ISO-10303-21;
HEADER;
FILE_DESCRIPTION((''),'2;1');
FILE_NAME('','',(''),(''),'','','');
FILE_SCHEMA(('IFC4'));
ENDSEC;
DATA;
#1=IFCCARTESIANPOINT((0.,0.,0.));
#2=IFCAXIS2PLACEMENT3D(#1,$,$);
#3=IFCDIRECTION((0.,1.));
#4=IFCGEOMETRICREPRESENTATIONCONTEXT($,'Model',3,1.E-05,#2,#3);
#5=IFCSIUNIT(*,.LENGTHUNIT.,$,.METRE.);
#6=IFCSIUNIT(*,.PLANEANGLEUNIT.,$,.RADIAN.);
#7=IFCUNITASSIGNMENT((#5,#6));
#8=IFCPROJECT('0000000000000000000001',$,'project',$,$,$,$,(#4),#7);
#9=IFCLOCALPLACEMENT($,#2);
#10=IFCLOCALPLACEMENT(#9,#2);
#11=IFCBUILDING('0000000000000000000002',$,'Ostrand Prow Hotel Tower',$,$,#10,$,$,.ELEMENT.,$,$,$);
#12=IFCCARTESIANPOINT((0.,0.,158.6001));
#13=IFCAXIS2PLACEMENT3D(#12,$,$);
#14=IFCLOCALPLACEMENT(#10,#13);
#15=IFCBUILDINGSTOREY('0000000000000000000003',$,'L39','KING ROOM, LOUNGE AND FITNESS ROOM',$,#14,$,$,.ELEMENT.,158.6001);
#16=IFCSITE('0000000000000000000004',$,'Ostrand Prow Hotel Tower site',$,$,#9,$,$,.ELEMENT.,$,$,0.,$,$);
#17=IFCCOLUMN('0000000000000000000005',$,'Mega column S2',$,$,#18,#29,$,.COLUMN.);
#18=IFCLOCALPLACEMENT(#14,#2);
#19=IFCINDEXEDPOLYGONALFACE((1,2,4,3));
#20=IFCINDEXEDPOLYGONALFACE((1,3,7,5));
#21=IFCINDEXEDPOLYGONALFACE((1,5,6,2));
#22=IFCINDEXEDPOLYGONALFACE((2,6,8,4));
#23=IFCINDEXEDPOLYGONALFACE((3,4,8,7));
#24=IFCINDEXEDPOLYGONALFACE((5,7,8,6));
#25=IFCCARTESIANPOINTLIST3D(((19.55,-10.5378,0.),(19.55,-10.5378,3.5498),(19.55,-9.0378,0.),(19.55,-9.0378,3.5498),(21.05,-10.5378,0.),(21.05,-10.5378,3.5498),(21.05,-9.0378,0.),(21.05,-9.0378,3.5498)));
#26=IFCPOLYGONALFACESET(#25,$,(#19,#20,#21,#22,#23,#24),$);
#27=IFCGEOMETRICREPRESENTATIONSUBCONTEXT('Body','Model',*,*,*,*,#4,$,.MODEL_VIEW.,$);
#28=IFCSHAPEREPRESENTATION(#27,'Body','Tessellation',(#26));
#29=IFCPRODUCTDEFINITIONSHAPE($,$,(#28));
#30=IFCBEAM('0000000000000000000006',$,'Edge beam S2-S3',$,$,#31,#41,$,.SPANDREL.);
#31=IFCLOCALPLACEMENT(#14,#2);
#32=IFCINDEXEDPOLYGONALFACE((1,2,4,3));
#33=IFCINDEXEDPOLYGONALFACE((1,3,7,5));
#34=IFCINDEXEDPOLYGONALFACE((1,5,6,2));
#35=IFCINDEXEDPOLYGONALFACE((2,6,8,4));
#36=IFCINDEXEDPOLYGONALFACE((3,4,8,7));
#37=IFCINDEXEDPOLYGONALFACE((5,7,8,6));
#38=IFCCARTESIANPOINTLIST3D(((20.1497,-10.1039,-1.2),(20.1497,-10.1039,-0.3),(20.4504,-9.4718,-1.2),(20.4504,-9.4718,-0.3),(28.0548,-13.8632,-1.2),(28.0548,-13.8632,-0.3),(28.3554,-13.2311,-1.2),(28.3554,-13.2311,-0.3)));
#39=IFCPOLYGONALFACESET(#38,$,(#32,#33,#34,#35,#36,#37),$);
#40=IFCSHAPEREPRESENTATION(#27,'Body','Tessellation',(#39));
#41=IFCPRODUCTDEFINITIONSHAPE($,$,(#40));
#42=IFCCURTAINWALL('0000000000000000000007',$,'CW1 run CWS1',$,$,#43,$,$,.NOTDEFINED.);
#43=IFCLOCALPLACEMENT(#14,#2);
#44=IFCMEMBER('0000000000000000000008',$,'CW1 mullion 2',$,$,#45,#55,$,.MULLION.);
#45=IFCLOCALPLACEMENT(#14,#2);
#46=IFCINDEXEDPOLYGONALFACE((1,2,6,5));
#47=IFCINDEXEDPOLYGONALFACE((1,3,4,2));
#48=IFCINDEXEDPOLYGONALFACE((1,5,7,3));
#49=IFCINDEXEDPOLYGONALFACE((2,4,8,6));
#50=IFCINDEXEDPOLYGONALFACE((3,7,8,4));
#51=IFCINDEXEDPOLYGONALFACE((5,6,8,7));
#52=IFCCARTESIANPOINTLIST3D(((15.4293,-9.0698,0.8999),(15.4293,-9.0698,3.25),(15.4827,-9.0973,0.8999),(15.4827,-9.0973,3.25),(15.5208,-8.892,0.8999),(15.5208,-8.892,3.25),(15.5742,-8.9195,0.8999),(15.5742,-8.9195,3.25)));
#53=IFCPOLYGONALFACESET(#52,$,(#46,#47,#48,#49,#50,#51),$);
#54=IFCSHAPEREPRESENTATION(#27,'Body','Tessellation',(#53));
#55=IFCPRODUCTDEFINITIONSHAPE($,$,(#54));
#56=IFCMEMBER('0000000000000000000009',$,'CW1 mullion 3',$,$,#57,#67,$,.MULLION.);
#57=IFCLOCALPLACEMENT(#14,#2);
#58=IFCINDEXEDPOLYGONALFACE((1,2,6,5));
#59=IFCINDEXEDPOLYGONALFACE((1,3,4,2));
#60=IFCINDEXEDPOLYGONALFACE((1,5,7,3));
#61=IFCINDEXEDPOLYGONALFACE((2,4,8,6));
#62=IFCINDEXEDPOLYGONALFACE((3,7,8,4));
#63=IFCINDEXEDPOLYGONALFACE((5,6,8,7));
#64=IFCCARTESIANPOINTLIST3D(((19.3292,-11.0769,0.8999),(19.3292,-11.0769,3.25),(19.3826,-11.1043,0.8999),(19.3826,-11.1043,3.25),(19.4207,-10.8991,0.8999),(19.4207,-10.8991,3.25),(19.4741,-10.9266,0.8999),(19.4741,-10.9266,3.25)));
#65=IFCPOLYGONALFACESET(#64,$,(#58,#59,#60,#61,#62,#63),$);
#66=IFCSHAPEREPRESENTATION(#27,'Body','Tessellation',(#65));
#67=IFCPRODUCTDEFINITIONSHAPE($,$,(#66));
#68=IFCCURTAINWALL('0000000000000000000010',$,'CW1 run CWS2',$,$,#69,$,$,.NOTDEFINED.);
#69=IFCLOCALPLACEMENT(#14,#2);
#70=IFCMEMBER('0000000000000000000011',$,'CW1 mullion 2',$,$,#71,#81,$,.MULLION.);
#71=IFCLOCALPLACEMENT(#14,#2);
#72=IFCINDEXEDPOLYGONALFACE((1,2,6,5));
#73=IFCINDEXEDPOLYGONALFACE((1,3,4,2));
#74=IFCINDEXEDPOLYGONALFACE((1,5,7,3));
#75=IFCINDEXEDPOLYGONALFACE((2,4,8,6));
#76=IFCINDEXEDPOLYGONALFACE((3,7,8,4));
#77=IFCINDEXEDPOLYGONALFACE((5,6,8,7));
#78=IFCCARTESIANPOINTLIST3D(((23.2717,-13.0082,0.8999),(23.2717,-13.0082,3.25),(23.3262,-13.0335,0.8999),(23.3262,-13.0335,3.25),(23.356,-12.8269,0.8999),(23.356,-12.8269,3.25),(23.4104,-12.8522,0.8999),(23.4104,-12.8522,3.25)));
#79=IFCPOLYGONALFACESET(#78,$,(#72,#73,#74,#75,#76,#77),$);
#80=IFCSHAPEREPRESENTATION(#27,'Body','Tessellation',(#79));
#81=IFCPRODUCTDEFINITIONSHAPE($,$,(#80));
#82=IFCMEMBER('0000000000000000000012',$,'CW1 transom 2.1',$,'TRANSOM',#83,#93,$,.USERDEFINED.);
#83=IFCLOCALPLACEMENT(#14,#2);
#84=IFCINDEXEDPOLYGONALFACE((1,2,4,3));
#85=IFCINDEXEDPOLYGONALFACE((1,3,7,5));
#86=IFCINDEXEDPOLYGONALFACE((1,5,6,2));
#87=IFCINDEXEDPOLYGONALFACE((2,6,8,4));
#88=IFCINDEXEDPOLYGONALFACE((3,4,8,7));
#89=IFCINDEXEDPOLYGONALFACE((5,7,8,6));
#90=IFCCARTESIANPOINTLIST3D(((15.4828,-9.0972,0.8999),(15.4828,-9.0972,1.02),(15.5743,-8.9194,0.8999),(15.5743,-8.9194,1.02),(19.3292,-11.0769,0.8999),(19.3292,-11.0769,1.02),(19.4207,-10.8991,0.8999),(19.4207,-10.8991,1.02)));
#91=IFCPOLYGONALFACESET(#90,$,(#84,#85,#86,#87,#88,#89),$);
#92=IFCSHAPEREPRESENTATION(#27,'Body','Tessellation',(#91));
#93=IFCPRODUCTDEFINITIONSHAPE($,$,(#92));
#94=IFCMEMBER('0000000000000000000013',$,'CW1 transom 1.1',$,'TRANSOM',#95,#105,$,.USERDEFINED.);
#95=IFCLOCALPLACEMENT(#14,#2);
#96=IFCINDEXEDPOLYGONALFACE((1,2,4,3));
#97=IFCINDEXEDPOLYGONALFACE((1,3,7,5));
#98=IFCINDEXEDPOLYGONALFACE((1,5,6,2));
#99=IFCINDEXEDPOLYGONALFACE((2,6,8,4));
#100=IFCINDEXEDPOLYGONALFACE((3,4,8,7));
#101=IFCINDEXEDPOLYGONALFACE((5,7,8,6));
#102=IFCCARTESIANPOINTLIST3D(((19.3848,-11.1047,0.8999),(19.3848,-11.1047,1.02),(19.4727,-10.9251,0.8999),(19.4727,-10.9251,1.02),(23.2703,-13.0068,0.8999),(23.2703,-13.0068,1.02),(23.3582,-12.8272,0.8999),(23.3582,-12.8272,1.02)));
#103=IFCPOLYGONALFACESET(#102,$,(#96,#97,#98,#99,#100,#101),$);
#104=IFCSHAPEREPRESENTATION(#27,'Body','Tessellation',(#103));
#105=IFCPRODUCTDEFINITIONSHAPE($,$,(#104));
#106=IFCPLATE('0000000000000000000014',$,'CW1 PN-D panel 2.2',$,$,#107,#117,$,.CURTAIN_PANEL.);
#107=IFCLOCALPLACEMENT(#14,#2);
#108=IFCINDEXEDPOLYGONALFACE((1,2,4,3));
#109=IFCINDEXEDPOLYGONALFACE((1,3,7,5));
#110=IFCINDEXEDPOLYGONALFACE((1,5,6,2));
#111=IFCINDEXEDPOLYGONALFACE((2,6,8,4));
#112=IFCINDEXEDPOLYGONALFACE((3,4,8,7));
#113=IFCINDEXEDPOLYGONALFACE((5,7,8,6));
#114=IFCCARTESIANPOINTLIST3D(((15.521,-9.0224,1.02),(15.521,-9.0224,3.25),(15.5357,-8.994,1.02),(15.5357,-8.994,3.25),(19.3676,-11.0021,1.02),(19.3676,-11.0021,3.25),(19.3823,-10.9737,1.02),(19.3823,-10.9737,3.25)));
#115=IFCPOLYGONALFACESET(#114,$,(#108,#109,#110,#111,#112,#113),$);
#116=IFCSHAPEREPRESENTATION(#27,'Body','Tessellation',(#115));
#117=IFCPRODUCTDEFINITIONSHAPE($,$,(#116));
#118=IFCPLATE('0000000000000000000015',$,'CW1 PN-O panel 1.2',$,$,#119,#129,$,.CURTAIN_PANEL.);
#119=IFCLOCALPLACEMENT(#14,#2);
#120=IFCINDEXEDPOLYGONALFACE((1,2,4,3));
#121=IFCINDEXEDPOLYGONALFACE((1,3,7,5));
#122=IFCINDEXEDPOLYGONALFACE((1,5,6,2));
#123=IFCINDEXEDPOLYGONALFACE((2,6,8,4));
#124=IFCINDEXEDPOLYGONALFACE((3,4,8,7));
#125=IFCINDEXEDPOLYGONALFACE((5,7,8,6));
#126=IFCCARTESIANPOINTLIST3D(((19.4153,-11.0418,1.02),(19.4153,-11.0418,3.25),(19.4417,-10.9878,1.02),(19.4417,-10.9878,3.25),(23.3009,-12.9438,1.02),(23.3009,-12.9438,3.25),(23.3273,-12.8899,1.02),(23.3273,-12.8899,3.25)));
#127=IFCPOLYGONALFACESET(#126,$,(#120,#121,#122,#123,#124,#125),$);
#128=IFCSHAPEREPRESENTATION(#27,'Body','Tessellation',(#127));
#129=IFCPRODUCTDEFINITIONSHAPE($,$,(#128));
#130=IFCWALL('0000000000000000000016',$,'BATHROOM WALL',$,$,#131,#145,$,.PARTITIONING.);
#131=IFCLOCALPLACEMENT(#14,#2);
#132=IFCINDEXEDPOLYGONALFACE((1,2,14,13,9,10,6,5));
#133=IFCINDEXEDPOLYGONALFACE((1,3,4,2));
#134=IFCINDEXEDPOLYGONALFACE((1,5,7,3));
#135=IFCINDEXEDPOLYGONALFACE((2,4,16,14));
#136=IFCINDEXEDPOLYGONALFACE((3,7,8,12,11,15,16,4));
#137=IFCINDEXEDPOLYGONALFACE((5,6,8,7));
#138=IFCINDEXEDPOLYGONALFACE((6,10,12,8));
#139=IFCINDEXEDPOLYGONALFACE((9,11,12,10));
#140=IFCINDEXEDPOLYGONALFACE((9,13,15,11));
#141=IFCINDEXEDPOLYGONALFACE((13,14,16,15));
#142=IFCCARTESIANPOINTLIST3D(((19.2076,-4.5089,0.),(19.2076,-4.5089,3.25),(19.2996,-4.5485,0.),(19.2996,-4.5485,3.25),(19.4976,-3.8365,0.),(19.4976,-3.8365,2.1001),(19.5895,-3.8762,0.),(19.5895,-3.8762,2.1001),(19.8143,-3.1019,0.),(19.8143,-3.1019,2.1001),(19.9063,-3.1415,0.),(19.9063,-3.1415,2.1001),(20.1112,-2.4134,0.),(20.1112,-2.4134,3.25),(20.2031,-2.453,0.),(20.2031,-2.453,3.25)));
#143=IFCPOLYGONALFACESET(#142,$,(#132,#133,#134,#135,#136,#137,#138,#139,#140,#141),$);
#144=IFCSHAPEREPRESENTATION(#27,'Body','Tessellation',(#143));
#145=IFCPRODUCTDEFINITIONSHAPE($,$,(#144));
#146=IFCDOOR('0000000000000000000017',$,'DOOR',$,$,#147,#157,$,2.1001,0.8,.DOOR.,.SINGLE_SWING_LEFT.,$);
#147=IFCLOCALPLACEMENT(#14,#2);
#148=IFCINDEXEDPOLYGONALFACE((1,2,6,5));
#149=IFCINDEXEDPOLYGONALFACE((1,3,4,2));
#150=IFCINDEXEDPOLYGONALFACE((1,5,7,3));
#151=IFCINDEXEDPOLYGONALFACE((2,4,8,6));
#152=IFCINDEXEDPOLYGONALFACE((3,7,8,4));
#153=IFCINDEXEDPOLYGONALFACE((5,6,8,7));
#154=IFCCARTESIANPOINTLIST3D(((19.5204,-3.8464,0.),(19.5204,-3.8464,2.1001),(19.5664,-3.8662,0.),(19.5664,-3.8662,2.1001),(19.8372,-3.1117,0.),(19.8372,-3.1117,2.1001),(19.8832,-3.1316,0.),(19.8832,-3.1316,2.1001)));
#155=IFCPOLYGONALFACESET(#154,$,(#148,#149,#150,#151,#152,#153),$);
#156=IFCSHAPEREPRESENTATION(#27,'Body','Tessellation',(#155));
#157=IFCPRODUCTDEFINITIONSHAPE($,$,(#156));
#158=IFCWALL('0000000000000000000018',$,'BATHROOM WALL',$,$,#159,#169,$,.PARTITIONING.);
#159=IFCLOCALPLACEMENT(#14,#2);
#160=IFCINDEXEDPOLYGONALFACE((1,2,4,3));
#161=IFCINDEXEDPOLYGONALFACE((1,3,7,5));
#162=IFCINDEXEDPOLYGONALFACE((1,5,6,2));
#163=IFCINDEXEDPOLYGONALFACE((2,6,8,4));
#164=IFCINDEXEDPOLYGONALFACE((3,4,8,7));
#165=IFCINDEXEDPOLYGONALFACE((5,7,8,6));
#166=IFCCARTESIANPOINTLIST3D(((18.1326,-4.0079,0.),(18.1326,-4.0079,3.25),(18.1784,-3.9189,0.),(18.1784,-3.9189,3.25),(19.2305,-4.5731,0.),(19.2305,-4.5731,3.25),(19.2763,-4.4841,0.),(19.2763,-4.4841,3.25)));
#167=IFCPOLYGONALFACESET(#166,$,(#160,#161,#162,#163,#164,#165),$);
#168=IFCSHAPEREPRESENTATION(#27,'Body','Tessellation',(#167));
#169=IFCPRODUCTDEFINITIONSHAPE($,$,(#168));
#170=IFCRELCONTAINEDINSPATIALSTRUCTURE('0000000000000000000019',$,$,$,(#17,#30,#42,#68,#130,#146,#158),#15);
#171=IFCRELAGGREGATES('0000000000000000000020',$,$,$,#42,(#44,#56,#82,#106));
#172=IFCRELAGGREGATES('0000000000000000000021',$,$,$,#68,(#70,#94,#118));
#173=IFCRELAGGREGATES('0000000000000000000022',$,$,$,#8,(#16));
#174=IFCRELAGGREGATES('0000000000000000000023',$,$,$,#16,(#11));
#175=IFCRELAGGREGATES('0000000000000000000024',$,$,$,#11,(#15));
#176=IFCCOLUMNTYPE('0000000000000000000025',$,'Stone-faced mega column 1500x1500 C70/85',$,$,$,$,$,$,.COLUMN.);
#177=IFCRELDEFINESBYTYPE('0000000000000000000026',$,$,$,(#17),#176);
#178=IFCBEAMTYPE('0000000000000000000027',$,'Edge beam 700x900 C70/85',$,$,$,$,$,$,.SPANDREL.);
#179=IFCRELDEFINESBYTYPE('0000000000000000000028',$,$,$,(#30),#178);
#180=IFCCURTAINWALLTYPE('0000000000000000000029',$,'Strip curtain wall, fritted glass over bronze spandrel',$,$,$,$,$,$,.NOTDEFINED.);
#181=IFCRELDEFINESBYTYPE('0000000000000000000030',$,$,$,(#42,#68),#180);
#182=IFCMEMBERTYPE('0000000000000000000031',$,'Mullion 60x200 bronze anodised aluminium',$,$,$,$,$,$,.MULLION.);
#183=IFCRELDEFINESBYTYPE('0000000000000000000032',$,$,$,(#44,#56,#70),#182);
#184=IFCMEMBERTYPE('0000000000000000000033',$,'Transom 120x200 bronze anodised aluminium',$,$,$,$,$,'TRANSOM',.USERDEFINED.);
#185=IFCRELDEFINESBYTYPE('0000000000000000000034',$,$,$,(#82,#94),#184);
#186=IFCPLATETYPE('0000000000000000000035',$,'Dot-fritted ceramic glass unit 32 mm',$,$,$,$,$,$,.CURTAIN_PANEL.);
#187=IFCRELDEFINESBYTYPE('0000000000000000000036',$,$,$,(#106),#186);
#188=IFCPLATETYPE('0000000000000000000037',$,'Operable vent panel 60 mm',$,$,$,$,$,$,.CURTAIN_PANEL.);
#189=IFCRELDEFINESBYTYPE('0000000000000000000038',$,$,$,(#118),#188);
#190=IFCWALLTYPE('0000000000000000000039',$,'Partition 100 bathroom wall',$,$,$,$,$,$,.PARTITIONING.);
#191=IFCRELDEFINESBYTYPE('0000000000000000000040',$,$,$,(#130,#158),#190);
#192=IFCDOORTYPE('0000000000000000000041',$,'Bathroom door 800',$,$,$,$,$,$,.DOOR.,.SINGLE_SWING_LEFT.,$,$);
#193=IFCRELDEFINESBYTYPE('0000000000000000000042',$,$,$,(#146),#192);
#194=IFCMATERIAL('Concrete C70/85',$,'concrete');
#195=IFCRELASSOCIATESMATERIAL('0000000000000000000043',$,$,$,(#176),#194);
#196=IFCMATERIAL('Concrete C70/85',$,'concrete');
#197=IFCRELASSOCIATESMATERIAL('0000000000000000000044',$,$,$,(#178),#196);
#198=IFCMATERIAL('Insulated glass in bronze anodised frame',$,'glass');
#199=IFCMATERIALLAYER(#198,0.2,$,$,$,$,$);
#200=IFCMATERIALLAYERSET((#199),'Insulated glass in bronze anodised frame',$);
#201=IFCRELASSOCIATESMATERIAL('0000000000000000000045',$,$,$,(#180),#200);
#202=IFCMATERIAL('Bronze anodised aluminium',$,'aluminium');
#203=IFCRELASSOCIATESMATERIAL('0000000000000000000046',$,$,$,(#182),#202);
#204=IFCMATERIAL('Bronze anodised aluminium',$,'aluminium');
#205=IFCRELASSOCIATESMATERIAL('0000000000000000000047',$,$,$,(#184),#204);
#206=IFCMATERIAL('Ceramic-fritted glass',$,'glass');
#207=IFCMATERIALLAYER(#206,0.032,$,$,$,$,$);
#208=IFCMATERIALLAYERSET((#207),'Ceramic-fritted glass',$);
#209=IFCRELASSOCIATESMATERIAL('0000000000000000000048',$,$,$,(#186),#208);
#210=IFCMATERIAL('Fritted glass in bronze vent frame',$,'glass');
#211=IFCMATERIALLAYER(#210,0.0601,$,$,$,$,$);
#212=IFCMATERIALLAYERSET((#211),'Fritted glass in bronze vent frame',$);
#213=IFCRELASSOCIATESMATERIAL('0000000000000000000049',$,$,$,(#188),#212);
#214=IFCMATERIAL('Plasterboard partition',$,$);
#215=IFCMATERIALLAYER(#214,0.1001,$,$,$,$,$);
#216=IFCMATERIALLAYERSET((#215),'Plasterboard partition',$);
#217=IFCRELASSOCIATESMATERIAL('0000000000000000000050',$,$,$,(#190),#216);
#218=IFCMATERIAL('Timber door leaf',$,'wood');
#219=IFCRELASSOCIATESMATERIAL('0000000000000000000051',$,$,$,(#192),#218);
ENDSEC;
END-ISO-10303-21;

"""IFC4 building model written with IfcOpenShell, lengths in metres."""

from ifc_helpers import new_model, si_unit, direction, frame, frame_2d, origin, origin_2d, place, context, subcontext, project, spatial, rectangle, extrude, material, layer, layer_set, material_profile, profile_set, type_object, element, fill, aggregate, save


model = new_model("IFC4")

# Units and contexts
model_context = context("Model", 3, precision=1e-05, world=origin(), true_north=direction((0.0, 1.0)))
body_context = subcontext(model_context, "Body", "Model", "MODEL_VIEW")
ifc_project = project(units=[si_unit("LENGTHUNIT", "METRE"), si_unit("PLANEANGLEUNIT", "RADIAN")], contexts=[model_context])

# Site, building, storey
site_placement = place(None, origin())
site = spatial("IfcSite", under=ifc_project, at=site_placement, Name="Ostrand Prow Hotel Tower site", CompositionType="ELEMENT", RefElevation=0.0)
building_placement = place(site_placement, origin())
building = spatial("IfcBuilding", under=site, at=building_placement, Name="Ostrand Prow Hotel Tower", CompositionType="ELEMENT")
storey_placement = place(building_placement, frame((0.0, 0.0, 158.6001)))
storey = spatial("IfcBuildingStorey", under=building, at=storey_placement, Name="L39", Description="KING ROOM, LOUNGE AND FITNESS ROOM", CompositionType="ELEMENT", Elevation=158.6001)

# Column
ifc_material_1 = material(Name="Concrete C70/85", Category="concrete")
ifc_material_profile_1 = material_profile(ifc_material_1, rectangle(XDim=1.5, YDim=1.5, at=origin_2d()), Name="RC 1500x1500")
ifc_profile_set_1 = profile_set([ifc_material_profile_1], Name="Concrete C70/85")
column_type = type_object("IfcColumnType", Name="Stone-faced mega column 1500x1500 C70/85", PredefinedType="COLUMN", material=ifc_profile_set_1)
column_placement = place(storey_placement, frame((20.3, -9.7878, 0.0), z_axis=(0.0, 0.0, 1.0), x_axis=(1.0, 0.0, 0.0)))
element("IfcColumn", 1, at=column_placement, inside=storey, type_object=column_type, Name="Mega column S2", PredefinedType="COLUMN", context=body_context, shape_type="SweptSolid", body=[
    extrude(rectangle(XDim=1.5, YDim=1.5, at=origin_2d()), origin(), (0.0, 0.0, 1.0), 3.5498),
])

# Beam
ifc_material_2 = material(Name="Concrete C70/85", Category="concrete")
ifc_material_profile_2 = material_profile(ifc_material_2, rectangle(XDim=0.7, YDim=0.8999, at=origin_2d()), Name="RC 700x900")
ifc_profile_set_2 = profile_set([ifc_material_profile_2], Name="Concrete C70/85")
beam_type = type_object("IfcBeamType", Name="Edge beam 700x900 C70/85", PredefinedType="SPANDREL", material=ifc_profile_set_2)
beam_placement = place(storey_placement, frame((20.3, -9.7878, -0.75), z_axis=(0.903083, -0.429466, 0.0), x_axis=(0.429466, 0.903083, 0.0)))
element("IfcBeam", 2, at=beam_placement, inside=storey, type_object=beam_type, Name="Edge beam S2-S3", PredefinedType="SPANDREL", context=body_context, shape_type="SweptSolid", body=[
    extrude(rectangle(XDim=0.7, YDim=0.8999, at=origin_2d()), origin(), (0.0, 0.0, 1.0), 8.7534),
])

# Curtain wall, members
ifc_material_3 = material(Name="Insulated glass in bronze anodised frame", Category="glass")
ifc_layer_1 = layer(ifc_material_3, 0.2)
ifc_layer_set_1 = layer_set([ifc_layer_1], Name="Insulated glass in bronze anodised frame")
curtain_wall_type = type_object("IfcCurtainWallType", Name="Strip curtain wall, fritted glass over bronze spandrel", PredefinedType="NOTDEFINED", material=ifc_layer_set_1)
curtain_wall_1_placement = place(storey_placement, origin())
curtain_wall_1 = element("IfcCurtainWall", 3, at=curtain_wall_1_placement, inside=storey, type_object=curtain_wall_type, Name="CW1 run CWS1", PredefinedType="NOTDEFINED")
ifc_material_4 = material(Name="Bronze anodised aluminium", Category="aluminium")
ifc_material_profile_3 = material_profile(ifc_material_4, rectangle(XDim=0.2, YDim=0.0601, at=origin_2d()), Name="Mullion 60x200 bronze anodised aluminium")
ifc_profile_set_3 = profile_set([ifc_material_profile_3], Name="Bronze anodised aluminium")
member_type_1 = type_object("IfcMemberType", Name="Mullion 60x200 bronze anodised aluminium", PredefinedType="MULLION", material=ifc_profile_set_3)
member_1_placement = place(storey_placement, frame((15.5017, -8.9946, 0.8999), z_axis=(0.0, 0.0, 1.0), x_axis=(0.457619, 0.889148, 0.0)))
member_1 = element("IfcMember", 4, at=member_1_placement, type_object=member_type_1, Name="CW1 mullion 2", PredefinedType="MULLION", context=body_context, shape_type="SweptSolid", body=[
    extrude(rectangle(XDim=0.2, YDim=0.0601, at=origin_2d()), origin(), (0.0, 0.0, 1.0), 2.3501),
])
member_2_placement = place(storey_placement, frame((19.4016, -11.0017, 0.8999), z_axis=(0.0, 0.0, 1.0), x_axis=(0.457619, 0.889148, 0.0)))
member_2 = element("IfcMember", 5, at=member_2_placement, type_object=member_type_1, Name="CW1 mullion 3", PredefinedType="MULLION", context=body_context, shape_type="SweptSolid", body=[
    extrude(rectangle(XDim=0.2, YDim=0.0601, at=origin_2d()), origin(), (0.0, 0.0, 1.0), 2.3501),
])

# Curtain wall, member
curtain_wall_2_placement = place(storey_placement, origin())
curtain_wall_2 = element("IfcCurtainWall", 6, at=curtain_wall_2_placement, inside=storey, type_object=curtain_wall_type, Name="CW1 run CWS2", PredefinedType="NOTDEFINED")
member_3_placement = place(storey_placement, frame((23.3411, -12.9302, 0.8999), z_axis=(0.0, 0.0, 1.0), x_axis=(0.421522, 0.906818, 0.0)))
member_3 = element("IfcMember", 7, at=member_3_placement, type_object=member_type_1, Name="CW1 mullion 2", PredefinedType="MULLION", context=body_context, shape_type="SweptSolid", body=[
    extrude(rectangle(XDim=0.2, YDim=0.0601, at=origin_2d()), origin(), (0.0, 0.0, 1.0), 2.3501),
])

# Members
ifc_material_5 = material(Name="Bronze anodised aluminium", Category="aluminium")
ifc_material_profile_4 = material_profile(ifc_material_5, rectangle(XDim=0.2, YDim=0.1201, at=origin_2d()), Name="Transom 120x200 bronze anodised aluminium")
ifc_profile_set_4 = profile_set([ifc_material_profile_4], Name="Bronze anodised aluminium")
member_type_2 = type_object("IfcMemberType", Name="Transom 120x200 bronze anodised aluminium", ElementType="TRANSOM", PredefinedType="USERDEFINED", material=ifc_profile_set_4)
member_4_placement = place(storey_placement, frame((15.5286, -9.0083, 0.96), z_axis=(0.88914, -0.457635, 0.0), x_axis=(0.457635, 0.88914, 0.0)))
member_4 = element("IfcMember", 8, at=member_4_placement, type_object=member_type_2, Name="CW1 transom 2.1", ObjectType="TRANSOM", PredefinedType="USERDEFINED", context=body_context, shape_type="SweptSolid", body=[
    extrude(rectangle(XDim=0.2, YDim=0.1201, at=origin_2d()), origin(), (0.0, 0.0, 1.0), 4.3259),
])
member_5_placement = place(storey_placement, frame((19.4287, -11.0149, 0.96), z_axis=(0.898154, -0.439681, 0.0), x_axis=(0.439681, 0.898154, 0.0)))
member_5 = element("IfcMember", 9, at=member_5_placement, type_object=member_type_2, Name="CW1 transom 1.1", ObjectType="TRANSOM", PredefinedType="USERDEFINED", context=body_context, shape_type="SweptSolid", body=[
    extrude(rectangle(XDim=0.2, YDim=0.1201, at=origin_2d()), origin(), (0.0, 0.0, 1.0), 4.3262),
])

# Plates
ifc_material_6 = material(Name="Ceramic-fritted glass", Category="glass")
ifc_layer_2 = layer(ifc_material_6, 0.032)
ifc_layer_set_2 = layer_set([ifc_layer_2], Name="Ceramic-fritted glass")
plate_type_1 = type_object("IfcPlateType", Name="Dot-fritted ceramic glass unit 32 mm", PredefinedType="CURTAIN_PANEL", material=ifc_layer_set_2)
plate_1_placement = place(storey_placement, frame((17.4517, -9.998, 1.02), z_axis=(0.0, 0.0, 1.0), x_axis=(0.889148, -0.457619, 0.0)))
plate_1 = element("IfcPlate", 10, at=plate_1_placement, type_object=plate_type_1, Name="CW1 PN-D panel 2.2", PredefinedType="CURTAIN_PANEL", context=body_context, shape_type="SweptSolid", body=[
    extrude(rectangle(XDim=4.3262, YDim=0.032, at=origin_2d()), origin(), (0.0, 0.0, 1.0), 2.23),
])
aggregate(curtain_wall_1, [member_1, member_2, member_4, plate_1])
ifc_material_7 = material(Name="Fritted glass in bronze vent frame", Category="glass")
ifc_layer_3 = layer(ifc_material_7, 0.0601)
ifc_layer_set_3 = layer_set([ifc_layer_3], Name="Fritted glass in bronze vent frame")
plate_type_2 = type_object("IfcPlateType", Name="Operable vent panel 60 mm", PredefinedType="CURTAIN_PANEL", material=ifc_layer_set_3)
plate_2_placement = place(storey_placement, frame((21.3713, -11.9658, 1.02), z_axis=(0.0, 0.0, 1.0), x_axis=(0.898165, -0.439659, 0.0)))
plate_2 = element("IfcPlate", 11, at=plate_2_placement, type_object=plate_type_2, Name="CW1 PN-O panel 1.2", PredefinedType="CURTAIN_PANEL", context=body_context, shape_type="SweptSolid", body=[
    extrude(rectangle(XDim=4.3262, YDim=0.0601, at=origin_2d()), origin(), (0.0, 0.0, 1.0), 2.23),
])
aggregate(curtain_wall_2, [member_3, member_5, plate_2])

# Wall, opening, door
ifc_material_8 = material(Name="Plasterboard partition")
ifc_layer_4 = layer(ifc_material_8, 0.1001)
ifc_layer_set_4 = layer_set([ifc_layer_4], Name="Plasterboard partition")
wall_type_1 = type_object("IfcWallType", Name="Partition 100 bathroom wall", PredefinedType="PARTITIONING", material=ifc_layer_set_4)
wall_1_placement = place(storey_placement, frame((20.1572, -2.4331, 0.0), z_axis=(0.0, 0.0, 1.0), x_axis=(-0.395958, -0.918268, 0.0)))
wall_1 = element("IfcWall", 12, at=wall_1_placement, inside=storey, type_object=wall_type_1, Name="BATHROOM WALL", PredefinedType="PARTITIONING", context=body_context, shape_type="SweptSolid", body=[
    extrude(rectangle(XDim=2.282, YDim=0.1001, at=frame_2d((1.1411, 0.0))), origin(), (0.0, 0.0, 1.0), 3.25),
])
opening_1_placement = place(wall_1_placement, frame((0.75, 0.0, 0.0)))
opening_1 = element("IfcOpeningElement", 13, at=opening_1_placement, cuts=wall_1, PredefinedType="OPENING", context=body_context, shape_type="SweptSolid", body=[
    extrude(rectangle(XDim=0.8, YDim=2.1001, at=frame_2d((0.3999, 1.05))), frame((0.0, 0.0601, 0.0), z_axis=(0.0, -1.0, 0.0), x_axis=(1.0, 0.0, 0.0)), (0.0, 0.0, 1.0), 0.1201),
])
ifc_material_9 = material(Name="Timber door leaf", Category="wood")
door_type_1 = type_object("IfcDoorType", Name="Bathroom door 800", OperationType="SINGLE_SWING_LEFT", PredefinedType="DOOR", material=ifc_material_9)
door_1_placement = place(opening_1_placement, origin())
door_1 = element("IfcDoor", 14, at=door_1_placement, inside=storey, type_object=door_type_1, Name="DOOR", OperationType="SINGLE_SWING_LEFT", OverallHeight=2.1001, OverallWidth=0.8, PredefinedType="DOOR", context=body_context, shape_type="SweptSolid", body=[
    extrude(rectangle(XDim=0.8, YDim=2.1001, at=frame_2d((0.3999, 1.05))), frame((0.0, 0.0249, 0.0), z_axis=(0.0, -1.0, 0.0), x_axis=(1.0, 0.0, 0.0)), (0.0, 0.0, 1.0), 0.05),
])
fill(opening_1, door_1)

# Wall
wall_2_placement = place(storey_placement, frame((19.2534, -4.5286, 0.0), z_axis=(0.0, 0.0, 1.0), x_axis=(-0.889106, 0.457701, 0.0)))
element("IfcWall", 15, at=wall_2_placement, inside=storey, type_object=wall_type_1, Name="BATHROOM WALL", PredefinedType="PARTITIONING", context=body_context, shape_type="SweptSolid", body=[
    extrude(rectangle(XDim=1.2349, YDim=0.1001, at=frame_2d((0.6174, 0.0))), origin(), (0.0, 0.0, 1.0), 3.25),
])

save(model, "model.ifc")
